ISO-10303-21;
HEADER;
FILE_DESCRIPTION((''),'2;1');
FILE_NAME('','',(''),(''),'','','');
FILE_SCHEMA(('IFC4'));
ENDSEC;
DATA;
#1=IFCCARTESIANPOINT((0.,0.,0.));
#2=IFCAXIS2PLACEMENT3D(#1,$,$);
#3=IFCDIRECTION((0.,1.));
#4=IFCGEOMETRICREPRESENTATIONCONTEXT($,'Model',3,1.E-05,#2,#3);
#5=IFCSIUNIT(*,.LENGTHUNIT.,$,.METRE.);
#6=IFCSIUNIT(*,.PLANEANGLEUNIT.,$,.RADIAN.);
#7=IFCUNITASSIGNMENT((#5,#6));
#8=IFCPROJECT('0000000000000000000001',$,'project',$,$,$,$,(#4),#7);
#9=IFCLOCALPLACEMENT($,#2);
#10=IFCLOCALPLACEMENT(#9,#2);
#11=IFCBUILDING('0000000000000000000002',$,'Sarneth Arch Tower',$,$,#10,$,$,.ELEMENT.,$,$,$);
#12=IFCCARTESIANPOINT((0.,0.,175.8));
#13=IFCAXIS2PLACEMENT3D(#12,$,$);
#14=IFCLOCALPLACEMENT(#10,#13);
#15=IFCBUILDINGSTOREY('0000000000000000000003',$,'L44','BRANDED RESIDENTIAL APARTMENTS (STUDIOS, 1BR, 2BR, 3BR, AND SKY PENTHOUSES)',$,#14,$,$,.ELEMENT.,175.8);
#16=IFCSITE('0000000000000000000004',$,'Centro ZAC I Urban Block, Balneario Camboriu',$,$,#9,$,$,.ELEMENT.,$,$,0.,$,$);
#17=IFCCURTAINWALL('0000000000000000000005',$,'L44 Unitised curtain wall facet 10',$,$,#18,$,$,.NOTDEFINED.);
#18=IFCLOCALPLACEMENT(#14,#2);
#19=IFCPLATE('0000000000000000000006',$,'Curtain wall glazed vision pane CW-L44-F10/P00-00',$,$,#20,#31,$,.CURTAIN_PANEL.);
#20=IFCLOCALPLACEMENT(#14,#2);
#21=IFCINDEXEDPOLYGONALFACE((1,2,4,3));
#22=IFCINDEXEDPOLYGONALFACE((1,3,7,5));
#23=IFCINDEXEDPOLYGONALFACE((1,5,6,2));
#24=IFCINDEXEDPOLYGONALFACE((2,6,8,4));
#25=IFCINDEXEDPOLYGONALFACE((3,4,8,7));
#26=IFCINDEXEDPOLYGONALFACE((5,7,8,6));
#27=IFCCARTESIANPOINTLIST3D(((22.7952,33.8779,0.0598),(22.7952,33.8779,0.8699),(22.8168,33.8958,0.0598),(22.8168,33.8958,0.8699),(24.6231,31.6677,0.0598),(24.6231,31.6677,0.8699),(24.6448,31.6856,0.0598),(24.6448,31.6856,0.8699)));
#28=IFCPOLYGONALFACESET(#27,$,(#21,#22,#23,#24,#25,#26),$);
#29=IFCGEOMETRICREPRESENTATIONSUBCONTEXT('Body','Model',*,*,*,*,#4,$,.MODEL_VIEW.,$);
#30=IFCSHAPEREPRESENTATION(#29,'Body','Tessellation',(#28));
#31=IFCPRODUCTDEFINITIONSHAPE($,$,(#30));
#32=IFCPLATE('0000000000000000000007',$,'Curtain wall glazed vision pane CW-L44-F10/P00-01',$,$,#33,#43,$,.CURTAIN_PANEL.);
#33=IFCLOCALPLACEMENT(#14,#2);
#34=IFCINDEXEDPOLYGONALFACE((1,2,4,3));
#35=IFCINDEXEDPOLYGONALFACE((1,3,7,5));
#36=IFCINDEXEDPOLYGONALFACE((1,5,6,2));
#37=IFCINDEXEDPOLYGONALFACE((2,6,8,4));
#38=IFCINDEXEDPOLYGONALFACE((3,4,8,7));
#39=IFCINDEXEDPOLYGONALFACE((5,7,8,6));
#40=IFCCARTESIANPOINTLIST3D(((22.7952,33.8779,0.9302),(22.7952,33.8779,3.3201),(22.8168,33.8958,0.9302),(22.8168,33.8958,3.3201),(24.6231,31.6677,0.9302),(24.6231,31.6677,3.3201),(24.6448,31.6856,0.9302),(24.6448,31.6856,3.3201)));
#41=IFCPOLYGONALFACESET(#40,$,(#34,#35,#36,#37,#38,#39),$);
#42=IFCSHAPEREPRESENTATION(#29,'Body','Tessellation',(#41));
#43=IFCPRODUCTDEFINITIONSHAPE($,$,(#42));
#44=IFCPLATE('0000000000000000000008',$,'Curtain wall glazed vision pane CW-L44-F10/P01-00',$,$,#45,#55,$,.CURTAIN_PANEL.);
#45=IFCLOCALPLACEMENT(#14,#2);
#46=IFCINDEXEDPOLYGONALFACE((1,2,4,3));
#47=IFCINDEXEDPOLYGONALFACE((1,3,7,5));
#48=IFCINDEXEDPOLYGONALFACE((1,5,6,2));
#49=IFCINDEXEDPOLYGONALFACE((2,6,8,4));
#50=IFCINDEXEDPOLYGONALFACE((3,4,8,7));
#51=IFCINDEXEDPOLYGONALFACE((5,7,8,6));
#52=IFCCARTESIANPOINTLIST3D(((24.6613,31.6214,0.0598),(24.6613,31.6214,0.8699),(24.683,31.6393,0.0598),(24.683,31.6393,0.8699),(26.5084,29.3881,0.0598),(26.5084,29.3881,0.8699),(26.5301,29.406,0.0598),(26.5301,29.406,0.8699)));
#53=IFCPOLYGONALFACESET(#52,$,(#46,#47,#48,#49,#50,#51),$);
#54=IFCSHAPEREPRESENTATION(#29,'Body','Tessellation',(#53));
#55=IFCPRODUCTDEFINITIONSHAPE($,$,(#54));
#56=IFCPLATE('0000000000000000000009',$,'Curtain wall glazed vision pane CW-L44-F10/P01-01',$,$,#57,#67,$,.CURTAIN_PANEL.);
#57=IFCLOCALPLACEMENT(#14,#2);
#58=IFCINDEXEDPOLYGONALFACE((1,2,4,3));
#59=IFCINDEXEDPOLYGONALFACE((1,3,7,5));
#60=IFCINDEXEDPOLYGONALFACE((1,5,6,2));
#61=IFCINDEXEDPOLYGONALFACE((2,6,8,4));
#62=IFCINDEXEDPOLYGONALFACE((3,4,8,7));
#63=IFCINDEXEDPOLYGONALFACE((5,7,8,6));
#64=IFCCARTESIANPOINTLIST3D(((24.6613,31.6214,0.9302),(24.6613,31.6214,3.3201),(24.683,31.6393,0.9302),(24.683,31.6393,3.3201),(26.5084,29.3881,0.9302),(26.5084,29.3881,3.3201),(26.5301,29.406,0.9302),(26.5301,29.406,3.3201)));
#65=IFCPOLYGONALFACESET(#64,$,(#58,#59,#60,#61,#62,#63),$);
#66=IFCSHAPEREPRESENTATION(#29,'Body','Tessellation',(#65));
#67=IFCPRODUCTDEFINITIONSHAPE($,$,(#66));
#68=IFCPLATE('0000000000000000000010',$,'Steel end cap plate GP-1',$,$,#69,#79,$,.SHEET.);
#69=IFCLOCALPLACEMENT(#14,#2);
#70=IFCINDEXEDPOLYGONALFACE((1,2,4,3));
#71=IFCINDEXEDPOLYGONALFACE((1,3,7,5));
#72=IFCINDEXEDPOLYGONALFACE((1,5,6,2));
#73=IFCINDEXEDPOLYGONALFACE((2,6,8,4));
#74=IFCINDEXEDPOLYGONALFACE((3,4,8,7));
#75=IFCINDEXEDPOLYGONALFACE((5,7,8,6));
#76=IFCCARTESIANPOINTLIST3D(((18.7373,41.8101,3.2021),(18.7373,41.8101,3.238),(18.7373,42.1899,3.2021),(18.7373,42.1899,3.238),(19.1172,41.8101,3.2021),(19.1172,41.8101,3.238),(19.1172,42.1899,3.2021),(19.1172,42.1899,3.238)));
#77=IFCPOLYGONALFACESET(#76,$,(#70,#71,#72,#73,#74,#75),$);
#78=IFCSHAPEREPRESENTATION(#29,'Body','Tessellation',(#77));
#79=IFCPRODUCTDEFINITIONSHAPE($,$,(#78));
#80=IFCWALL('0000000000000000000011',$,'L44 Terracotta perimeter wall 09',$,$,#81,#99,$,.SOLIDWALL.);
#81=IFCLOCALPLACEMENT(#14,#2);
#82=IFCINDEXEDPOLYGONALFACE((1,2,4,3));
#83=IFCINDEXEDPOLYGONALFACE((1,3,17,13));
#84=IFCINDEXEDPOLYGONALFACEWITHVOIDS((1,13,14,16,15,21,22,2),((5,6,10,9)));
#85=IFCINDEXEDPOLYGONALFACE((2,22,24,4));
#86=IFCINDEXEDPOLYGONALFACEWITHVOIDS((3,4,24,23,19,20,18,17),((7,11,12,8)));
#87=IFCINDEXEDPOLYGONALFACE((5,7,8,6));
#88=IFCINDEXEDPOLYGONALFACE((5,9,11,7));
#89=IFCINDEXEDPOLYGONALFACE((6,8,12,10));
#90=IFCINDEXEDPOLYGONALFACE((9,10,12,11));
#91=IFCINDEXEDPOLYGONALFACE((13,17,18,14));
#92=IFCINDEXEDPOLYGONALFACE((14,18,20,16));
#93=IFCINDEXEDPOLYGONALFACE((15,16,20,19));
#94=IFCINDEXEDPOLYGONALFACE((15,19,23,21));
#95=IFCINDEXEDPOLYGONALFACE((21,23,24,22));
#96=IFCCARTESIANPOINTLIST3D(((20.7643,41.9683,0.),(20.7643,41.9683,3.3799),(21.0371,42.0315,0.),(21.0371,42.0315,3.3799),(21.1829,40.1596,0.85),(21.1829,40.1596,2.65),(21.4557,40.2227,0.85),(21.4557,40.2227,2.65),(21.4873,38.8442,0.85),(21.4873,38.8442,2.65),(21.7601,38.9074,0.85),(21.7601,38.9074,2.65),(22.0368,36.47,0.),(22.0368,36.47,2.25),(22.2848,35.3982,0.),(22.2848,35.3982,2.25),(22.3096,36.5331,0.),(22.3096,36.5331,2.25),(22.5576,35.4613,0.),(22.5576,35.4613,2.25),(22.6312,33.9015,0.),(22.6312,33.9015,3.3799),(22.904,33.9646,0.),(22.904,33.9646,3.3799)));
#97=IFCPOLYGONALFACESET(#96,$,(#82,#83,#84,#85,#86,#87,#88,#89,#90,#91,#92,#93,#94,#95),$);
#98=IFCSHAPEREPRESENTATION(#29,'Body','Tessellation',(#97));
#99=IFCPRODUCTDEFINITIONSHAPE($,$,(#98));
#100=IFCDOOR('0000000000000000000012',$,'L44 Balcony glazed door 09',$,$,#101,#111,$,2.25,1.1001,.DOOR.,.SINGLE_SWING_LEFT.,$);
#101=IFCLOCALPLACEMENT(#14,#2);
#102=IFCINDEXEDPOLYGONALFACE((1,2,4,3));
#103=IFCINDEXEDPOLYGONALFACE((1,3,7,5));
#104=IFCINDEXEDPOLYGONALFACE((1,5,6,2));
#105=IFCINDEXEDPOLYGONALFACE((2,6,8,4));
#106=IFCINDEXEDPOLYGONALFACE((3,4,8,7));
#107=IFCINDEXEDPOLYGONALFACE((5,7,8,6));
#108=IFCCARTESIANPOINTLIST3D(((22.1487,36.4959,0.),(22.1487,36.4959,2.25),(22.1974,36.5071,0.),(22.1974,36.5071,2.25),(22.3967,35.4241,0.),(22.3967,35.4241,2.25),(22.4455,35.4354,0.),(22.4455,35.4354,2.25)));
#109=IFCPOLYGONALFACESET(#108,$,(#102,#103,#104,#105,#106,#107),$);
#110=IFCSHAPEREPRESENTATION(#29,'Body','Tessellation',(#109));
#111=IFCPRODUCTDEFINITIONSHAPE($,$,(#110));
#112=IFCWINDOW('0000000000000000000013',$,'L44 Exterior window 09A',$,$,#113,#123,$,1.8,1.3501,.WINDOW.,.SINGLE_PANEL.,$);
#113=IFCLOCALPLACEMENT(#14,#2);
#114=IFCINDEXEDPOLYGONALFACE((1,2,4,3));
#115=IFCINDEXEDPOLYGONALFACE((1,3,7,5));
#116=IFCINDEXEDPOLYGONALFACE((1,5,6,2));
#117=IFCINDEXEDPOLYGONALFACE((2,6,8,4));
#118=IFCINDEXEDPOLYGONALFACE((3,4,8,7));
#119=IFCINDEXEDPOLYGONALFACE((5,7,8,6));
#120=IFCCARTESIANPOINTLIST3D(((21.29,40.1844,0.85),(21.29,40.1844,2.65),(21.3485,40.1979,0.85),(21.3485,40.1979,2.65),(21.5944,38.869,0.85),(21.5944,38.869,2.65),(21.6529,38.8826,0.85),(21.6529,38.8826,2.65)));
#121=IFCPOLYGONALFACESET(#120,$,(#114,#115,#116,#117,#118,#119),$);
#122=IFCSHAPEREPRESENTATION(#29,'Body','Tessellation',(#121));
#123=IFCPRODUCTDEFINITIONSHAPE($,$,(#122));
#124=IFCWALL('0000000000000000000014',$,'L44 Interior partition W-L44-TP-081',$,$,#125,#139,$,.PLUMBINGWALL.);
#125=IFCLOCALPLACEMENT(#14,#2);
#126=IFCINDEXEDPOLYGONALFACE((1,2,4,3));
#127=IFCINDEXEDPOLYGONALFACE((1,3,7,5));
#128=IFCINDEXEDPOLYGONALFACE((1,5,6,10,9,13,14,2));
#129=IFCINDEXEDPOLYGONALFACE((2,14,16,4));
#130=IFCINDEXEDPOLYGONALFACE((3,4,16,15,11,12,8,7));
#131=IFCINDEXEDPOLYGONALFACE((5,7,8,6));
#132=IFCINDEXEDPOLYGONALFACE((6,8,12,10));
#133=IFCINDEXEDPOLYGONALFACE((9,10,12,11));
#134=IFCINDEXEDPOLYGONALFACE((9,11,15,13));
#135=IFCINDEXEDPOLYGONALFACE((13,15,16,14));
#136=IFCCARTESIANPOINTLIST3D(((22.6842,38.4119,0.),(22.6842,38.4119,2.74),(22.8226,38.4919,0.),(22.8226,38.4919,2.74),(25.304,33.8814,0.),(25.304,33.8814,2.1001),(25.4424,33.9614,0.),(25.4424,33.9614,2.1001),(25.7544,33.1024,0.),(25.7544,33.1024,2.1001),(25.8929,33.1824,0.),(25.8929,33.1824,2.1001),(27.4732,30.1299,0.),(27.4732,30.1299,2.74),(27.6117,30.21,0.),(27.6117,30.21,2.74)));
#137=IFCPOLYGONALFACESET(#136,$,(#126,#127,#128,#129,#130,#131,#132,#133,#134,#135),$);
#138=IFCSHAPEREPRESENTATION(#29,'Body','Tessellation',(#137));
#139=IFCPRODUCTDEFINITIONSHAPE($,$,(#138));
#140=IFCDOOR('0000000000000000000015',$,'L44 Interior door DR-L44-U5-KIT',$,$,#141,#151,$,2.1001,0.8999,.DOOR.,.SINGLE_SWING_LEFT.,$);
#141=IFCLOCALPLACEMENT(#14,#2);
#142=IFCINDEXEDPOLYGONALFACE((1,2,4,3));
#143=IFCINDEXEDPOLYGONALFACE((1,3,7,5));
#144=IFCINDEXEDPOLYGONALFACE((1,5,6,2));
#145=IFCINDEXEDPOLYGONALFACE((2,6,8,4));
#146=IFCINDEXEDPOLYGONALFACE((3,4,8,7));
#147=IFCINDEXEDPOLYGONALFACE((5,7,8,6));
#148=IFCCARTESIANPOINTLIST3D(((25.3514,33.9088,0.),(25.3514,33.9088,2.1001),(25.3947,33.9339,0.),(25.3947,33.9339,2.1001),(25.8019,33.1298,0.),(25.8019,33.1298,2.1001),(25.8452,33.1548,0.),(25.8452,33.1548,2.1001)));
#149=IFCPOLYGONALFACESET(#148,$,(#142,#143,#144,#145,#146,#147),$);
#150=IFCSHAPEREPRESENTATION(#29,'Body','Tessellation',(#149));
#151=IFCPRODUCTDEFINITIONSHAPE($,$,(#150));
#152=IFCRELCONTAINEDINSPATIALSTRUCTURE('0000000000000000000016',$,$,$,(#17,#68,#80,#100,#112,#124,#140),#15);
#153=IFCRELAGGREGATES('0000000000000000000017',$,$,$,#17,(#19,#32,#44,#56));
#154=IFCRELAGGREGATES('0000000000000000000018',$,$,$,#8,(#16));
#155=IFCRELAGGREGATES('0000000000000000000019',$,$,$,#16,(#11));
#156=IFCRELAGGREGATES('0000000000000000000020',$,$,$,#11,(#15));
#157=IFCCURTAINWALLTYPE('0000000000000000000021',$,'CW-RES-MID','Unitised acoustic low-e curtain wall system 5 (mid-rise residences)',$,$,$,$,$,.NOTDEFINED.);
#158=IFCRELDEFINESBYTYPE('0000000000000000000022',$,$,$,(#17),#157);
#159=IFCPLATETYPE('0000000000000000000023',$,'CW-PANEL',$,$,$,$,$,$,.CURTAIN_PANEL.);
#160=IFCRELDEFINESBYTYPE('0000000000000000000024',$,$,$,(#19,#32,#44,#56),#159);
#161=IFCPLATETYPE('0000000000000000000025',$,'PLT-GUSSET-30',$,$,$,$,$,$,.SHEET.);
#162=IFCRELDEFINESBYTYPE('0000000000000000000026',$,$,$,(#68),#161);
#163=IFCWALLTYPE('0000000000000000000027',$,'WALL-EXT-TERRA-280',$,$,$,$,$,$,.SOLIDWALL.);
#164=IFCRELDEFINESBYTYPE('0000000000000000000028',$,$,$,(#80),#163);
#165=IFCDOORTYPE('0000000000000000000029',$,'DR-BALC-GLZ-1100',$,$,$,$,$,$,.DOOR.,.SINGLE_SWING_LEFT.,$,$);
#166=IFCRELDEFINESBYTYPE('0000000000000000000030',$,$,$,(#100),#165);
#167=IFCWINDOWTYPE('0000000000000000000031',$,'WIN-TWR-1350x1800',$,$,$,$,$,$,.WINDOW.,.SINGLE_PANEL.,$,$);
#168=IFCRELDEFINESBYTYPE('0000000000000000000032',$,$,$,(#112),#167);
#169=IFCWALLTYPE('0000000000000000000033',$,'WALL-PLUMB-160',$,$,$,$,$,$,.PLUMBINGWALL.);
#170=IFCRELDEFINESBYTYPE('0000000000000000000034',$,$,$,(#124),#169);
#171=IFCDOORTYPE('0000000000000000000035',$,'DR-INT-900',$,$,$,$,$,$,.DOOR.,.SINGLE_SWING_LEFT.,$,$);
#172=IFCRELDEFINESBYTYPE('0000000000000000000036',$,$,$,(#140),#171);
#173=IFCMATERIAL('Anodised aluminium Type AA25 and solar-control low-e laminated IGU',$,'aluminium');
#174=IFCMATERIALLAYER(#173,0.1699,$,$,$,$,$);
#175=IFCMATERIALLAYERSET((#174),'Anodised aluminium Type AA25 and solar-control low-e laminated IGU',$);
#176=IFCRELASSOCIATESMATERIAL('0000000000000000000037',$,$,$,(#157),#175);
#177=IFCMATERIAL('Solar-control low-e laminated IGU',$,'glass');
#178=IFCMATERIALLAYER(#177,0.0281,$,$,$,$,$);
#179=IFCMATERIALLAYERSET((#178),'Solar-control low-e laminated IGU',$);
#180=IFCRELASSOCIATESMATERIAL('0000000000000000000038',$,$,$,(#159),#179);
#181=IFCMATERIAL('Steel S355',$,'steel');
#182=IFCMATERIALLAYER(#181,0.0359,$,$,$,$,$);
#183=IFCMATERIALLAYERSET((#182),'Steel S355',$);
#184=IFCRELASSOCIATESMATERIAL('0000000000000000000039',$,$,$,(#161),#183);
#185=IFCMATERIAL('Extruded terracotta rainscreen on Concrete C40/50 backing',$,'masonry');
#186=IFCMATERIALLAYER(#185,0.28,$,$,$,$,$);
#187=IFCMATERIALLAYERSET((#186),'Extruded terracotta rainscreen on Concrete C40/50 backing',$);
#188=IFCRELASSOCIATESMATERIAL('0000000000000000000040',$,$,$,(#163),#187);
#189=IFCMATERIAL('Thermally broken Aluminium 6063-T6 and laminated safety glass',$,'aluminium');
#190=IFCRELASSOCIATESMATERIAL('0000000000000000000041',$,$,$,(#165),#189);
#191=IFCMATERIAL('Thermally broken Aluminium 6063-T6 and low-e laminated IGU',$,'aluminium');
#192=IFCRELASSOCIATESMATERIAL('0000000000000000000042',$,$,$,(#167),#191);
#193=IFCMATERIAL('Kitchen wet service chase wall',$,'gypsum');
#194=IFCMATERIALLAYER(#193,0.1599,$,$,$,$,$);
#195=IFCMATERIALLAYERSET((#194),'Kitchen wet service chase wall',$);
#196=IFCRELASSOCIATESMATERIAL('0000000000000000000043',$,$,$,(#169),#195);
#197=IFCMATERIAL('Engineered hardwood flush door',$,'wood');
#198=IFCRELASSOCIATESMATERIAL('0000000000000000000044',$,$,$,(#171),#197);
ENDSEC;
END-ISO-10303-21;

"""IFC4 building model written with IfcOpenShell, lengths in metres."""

from ifc_helpers import new_model, si_unit, direction, frame, frame_2d, origin, origin_2d, place, context, subcontext, project, spatial, rectangle, extrude, material, layer, layer_set, type_object, element, fill, aggregate, save


model = new_model("IFC4")

# Units and contexts
model_context = context("Model", 3, precision=1e-05, world=origin(), true_north=direction((0.0, 1.0)))
body_context = subcontext(model_context, "Body", "Model", "MODEL_VIEW")
ifc_project = project(units=[si_unit("LENGTHUNIT", "METRE"), si_unit("PLANEANGLEUNIT", "RADIAN")], contexts=[model_context])

# Site, building, storey
site_placement = place(None, origin())
site = spatial("IfcSite", under=ifc_project, at=site_placement, Name="Centro ZAC I Urban Block, Balneario Camboriu", CompositionType="ELEMENT", RefElevation=0.0)
building_placement = place(site_placement, origin())
building = spatial("IfcBuilding", under=site, at=building_placement, Name="Sarneth Arch Tower", CompositionType="ELEMENT")
storey_placement = place(building_placement, frame((0.0, 0.0, 175.8)))
storey = spatial("IfcBuildingStorey", under=building, at=storey_placement, Name="L44", Description="BRANDED RESIDENTIAL APARTMENTS (STUDIOS, 1BR, 2BR, 3BR, AND SKY PENTHOUSES)", CompositionType="ELEMENT", Elevation=175.8)

# Curtain wall, plates
ifc_material_1 = material(Name="Anodised aluminium Type AA25 and solar-control low-e laminated IGU", Category="aluminium")
ifc_layer_1 = layer(ifc_material_1, 0.1699)
ifc_layer_set_1 = layer_set([ifc_layer_1], Name="Anodised aluminium Type AA25 and solar-control low-e laminated IGU")
curtain_wall_type = type_object("IfcCurtainWallType", Name="CW-RES-MID", Description="Unitised acoustic low-e curtain wall system 5 (mid-rise residences)", PredefinedType="NOTDEFINED", material=ifc_layer_set_1)
curtain_wall_placement = place(storey_placement, origin())
curtain_wall = element("IfcCurtainWall", 1, at=curtain_wall_placement, inside=storey, type_object=curtain_wall_type, Name="L44 Unitised curtain wall facet 10", PredefinedType="NOTDEFINED")
ifc_material_2 = material(Name="Solar-control low-e laminated IGU", Category="glass")
ifc_layer_2 = layer(ifc_material_2, 0.0281)
ifc_layer_set_2 = layer_set([ifc_layer_2], Name="Solar-control low-e laminated IGU")
plate_type_1 = type_object("IfcPlateType", Name="CW-PANEL", PredefinedType="CURTAIN_PANEL", material=ifc_layer_set_2)
plate_1_placement = place(storey_placement, frame((23.72, 32.7817, 0.0598), z_axis=(0.0, 0.0, 1.0), x_axis=(0.63733, -0.770591, 0.0)))
plate_1 = element("IfcPlate", 2, at=plate_1_placement, type_object=plate_type_1, Name="Curtain wall glazed vision pane CW-L44-F10/P00-00", PredefinedType="CURTAIN_PANEL", context=body_context, shape_type="SweptSolid", body=[
    extrude(rectangle(XDim=2.8682, YDim=0.0281, at=origin_2d()), origin(), (0.0, 0.0, 1.0), 0.8101),
])
plate_2_placement = place(storey_placement, frame((23.72, 32.7817, 0.9302), z_axis=(0.0, 0.0, 1.0), x_axis=(0.63733, -0.770591, 0.0)))
plate_2 = element("IfcPlate", 3, at=plate_2_placement, type_object=plate_type_1, Name="Curtain wall glazed vision pane CW-L44-F10/P00-01", PredefinedType="CURTAIN_PANEL", context=body_context, shape_type="SweptSolid", body=[
    extrude(rectangle(XDim=2.8682, YDim=0.0281, at=origin_2d()), origin(), (0.0, 0.0, 1.0), 2.3899),
])
plate_3_placement = place(storey_placement, frame((25.5957, 30.5137, 0.0598), z_axis=(0.0, 0.0, 1.0), x_axis=(0.63733, -0.770591, 0.0)))
plate_3 = element("IfcPlate", 4, at=plate_3_placement, type_object=plate_type_1, Name="Curtain wall glazed vision pane CW-L44-F10/P01-00", PredefinedType="CURTAIN_PANEL", context=body_context, shape_type="SweptSolid", body=[
    extrude(rectangle(XDim=2.8982, YDim=0.0281, at=origin_2d()), origin(), (0.0, 0.0, 1.0), 0.8101),
])
plate_4_placement = place(storey_placement, frame((25.5957, 30.5137, 0.9302), z_axis=(0.0, 0.0, 1.0), x_axis=(0.63733, -0.770591, 0.0)))
plate_4 = element("IfcPlate", 5, at=plate_4_placement, type_object=plate_type_1, Name="Curtain wall glazed vision pane CW-L44-F10/P01-01", PredefinedType="CURTAIN_PANEL", context=body_context, shape_type="SweptSolid", body=[
    extrude(rectangle(XDim=2.8982, YDim=0.0281, at=origin_2d()), origin(), (0.0, 0.0, 1.0), 2.3899),
])
aggregate(curtain_wall, [plate_1, plate_2, plate_3, plate_4])

# Plate
ifc_material_3 = material(Name="Steel S355", Category="steel")
ifc_layer_3 = layer(ifc_material_3, 0.0359)
ifc_layer_set_3 = layer_set([ifc_layer_3], Name="Steel S355")
plate_type_2 = type_object("IfcPlateType", Name="PLT-GUSSET-30", PredefinedType="SHEET", material=ifc_layer_set_3)
plate_5_placement = place(storey_placement, frame((18.9272, 42.0, 3.2021), z_axis=(0.0, 0.0, 1.0), x_axis=(-1.0, 0.0, 0.0)))
element("IfcPlate", 6, at=plate_5_placement, inside=storey, type_object=plate_type_2, Name="Steel end cap plate GP-1", PredefinedType="SHEET", context=body_context, shape_type="SweptSolid", body=[
    extrude(rectangle(XDim=0.3799, YDim=0.3799, at=origin_2d()), origin(), (0.0, 0.0, 1.0), 0.0359),
])

# Wall, openings, door, window
ifc_material_4 = material(Name="Extruded terracotta rainscreen on Concrete C40/50 backing", Category="masonry")
ifc_layer_4 = layer(ifc_material_4, 0.28)
ifc_layer_set_4 = layer_set([ifc_layer_4], Name="Extruded terracotta rainscreen on Concrete C40/50 backing")
wall_type_1 = type_object("IfcWallType", Name="WALL-EXT-TERRA-280", PredefinedType="SOLIDWALL", material=ifc_layer_set_4)
wall_1_placement = place(storey_placement, frame((20.9006, 42.0, 0.0), z_axis=(0.0, 0.0, 1.0), x_axis=(0.225473, -0.974249, 0.0)))
wall_1 = element("IfcWall", 7, at=wall_1_placement, inside=storey, type_object=wall_type_1, Name="L44 Terracotta perimeter wall 09", PredefinedType="SOLIDWALL", context=body_context, shape_type="SweptSolid", body=[
    extrude(rectangle(XDim=8.28, YDim=0.28, at=frame_2d((4.1401, 0.0))), origin(), (0.0, 0.0, 1.0), 3.3799),
])
opening_1_placement = place(wall_1_placement, frame((1.8567, 0.0, 0.8501)))
opening_1 = element("IfcOpeningElement", 8, at=opening_1_placement, cuts=wall_1, PredefinedType="OPENING", context=body_context, shape_type="SweptSolid", body=[
    extrude(rectangle(XDim=1.3501, YDim=1.8, at=frame_2d((0.675, 0.8999))), frame((0.0, 0.1499, 0.0), z_axis=(0.0, -1.0, 0.0), x_axis=(1.0, 0.0, 0.0)), (0.0, 0.0, 1.0), 0.3),
])
opening_2_placement = place(wall_1_placement, frame((5.6438, 0.0, 0.0)))
opening_2 = element("IfcOpeningElement", 9, at=opening_2_placement, cuts=wall_1, PredefinedType="OPENING", context=body_context, shape_type="SweptSolid", body=[
    extrude(rectangle(XDim=1.1001, YDim=2.25, at=frame_2d((0.55, 1.125))), frame((0.0, 0.1499, 0.0), z_axis=(0.0, -1.0, 0.0), x_axis=(1.0, 0.0, 0.0)), (0.0, 0.0, 1.0), 0.3),
])
ifc_material_5 = material(Name="Thermally broken Aluminium 6063-T6 and laminated safety glass", Category="aluminium")
door_type_1 = type_object("IfcDoorType", Name="DR-BALC-GLZ-1100", OperationType="SINGLE_SWING_LEFT", PredefinedType="DOOR", material=ifc_material_5)
door_1_placement = place(opening_2_placement, origin())
door_1 = element("IfcDoor", 10, at=door_1_placement, inside=storey, type_object=door_type_1, Name="L44 Balcony glazed door 09", OperationType="SINGLE_SWING_LEFT", OverallHeight=2.25, OverallWidth=1.1001, PredefinedType="DOOR", context=body_context, shape_type="SweptSolid", body=[
    extrude(rectangle(XDim=1.1001, YDim=2.25, at=frame_2d((0.55, 1.125))), frame((0.0, 0.0249, 0.0), z_axis=(0.0, -1.0, 0.0), x_axis=(1.0, 0.0, 0.0)), (0.0, 0.0, 1.0), 0.05),
])
fill(opening_2, door_1)
ifc_material_6 = material(Name="Thermally broken Aluminium 6063-T6 and low-e laminated IGU", Category="aluminium")
window_type = type_object("IfcWindowType", Name="WIN-TWR-1350x1800", PartitioningType="SINGLE_PANEL", PredefinedType="WINDOW", material=ifc_material_6)
window_placement = place(opening_1_placement, origin())
window = element("IfcWindow", 11, at=window_placement, inside=storey, type_object=window_type, Name="L44 Exterior window 09A", OverallHeight=1.8, OverallWidth=1.3501, PartitioningType="SINGLE_PANEL", PredefinedType="WINDOW", context=body_context, shape_type="SweptSolid", body=[
    extrude(rectangle(XDim=1.3501, YDim=1.8, at=frame_2d((0.675, 0.8999))), frame((0.0, 0.03, 0.0), z_axis=(0.0, -1.0, 0.0), x_axis=(1.0, 0.0, 0.0)), (0.0, 0.0, 1.0), 0.0601),
])
fill(opening_1, window)

# Wall, opening, door
ifc_material_7 = material(Name="Kitchen wet service chase wall", Category="gypsum")
ifc_layer_5 = layer(ifc_material_7, 0.1599)
ifc_layer_set_5 = layer_set([ifc_layer_5], Name="Kitchen wet service chase wall")
wall_type_2 = type_object("IfcWallType", Name="WALL-PLUMB-160", PredefinedType="PLUMBINGWALL", material=ifc_layer_set_5)
wall_2_placement = place(storey_placement, frame((22.7534, 38.4519, 0.0), z_axis=(0.0, 0.0, 1.0), x_axis=(0.500585, -0.865688, 0.0)))
wall_2 = element("IfcWall", 12, at=wall_2_placement, inside=storey, type_object=wall_type_2, Name="L44 Interior partition W-L44-TP-081", PredefinedType="PLUMBINGWALL", context=body_context, shape_type="SweptSolid", body=[
    extrude(rectangle(XDim=9.5669, YDim=0.1599, at=frame_2d((4.7834, 0.0))), origin(), (0.0, 0.0, 1.0), 2.74),
])
opening_3_placement = place(wall_2_placement, frame((5.2334, 0.0, 0.0)))
opening_3 = element("IfcOpeningElement", 13, at=opening_3_placement, cuts=wall_2, PredefinedType="OPENING", context=body_context, shape_type="SweptSolid", body=[
    extrude(rectangle(XDim=0.8999, YDim=2.1001, at=frame_2d((0.45, 1.05))), frame((0.0, 0.0898, 0.0), z_axis=(0.0, -1.0, 0.0), x_axis=(1.0, 0.0, 0.0)), (0.0, 0.0, 1.0), 0.1799),
])
ifc_material_8 = material(Name="Engineered hardwood flush door", Category="wood")
door_type_2 = type_object("IfcDoorType", Name="DR-INT-900", OperationType="SINGLE_SWING_LEFT", PredefinedType="DOOR", material=ifc_material_8)
door_2_placement = place(opening_3_placement, origin())
door_2 = element("IfcDoor", 14, at=door_2_placement, inside=storey, type_object=door_type_2, Name="L44 Interior door DR-L44-U5-KIT", OperationType="SINGLE_SWING_LEFT", OverallHeight=2.1001, OverallWidth=0.8999, PredefinedType="DOOR", context=body_context, shape_type="SweptSolid", body=[
    extrude(rectangle(XDim=0.8999, YDim=2.1001, at=frame_2d((0.45, 1.05))), frame((0.0, 0.0249, 0.0), z_axis=(0.0, -1.0, 0.0), x_axis=(1.0, 0.0, 0.0)), (0.0, 0.0, 1.0), 0.05),
])
fill(opening_3, door_2)

save(model, "model.ifc")
